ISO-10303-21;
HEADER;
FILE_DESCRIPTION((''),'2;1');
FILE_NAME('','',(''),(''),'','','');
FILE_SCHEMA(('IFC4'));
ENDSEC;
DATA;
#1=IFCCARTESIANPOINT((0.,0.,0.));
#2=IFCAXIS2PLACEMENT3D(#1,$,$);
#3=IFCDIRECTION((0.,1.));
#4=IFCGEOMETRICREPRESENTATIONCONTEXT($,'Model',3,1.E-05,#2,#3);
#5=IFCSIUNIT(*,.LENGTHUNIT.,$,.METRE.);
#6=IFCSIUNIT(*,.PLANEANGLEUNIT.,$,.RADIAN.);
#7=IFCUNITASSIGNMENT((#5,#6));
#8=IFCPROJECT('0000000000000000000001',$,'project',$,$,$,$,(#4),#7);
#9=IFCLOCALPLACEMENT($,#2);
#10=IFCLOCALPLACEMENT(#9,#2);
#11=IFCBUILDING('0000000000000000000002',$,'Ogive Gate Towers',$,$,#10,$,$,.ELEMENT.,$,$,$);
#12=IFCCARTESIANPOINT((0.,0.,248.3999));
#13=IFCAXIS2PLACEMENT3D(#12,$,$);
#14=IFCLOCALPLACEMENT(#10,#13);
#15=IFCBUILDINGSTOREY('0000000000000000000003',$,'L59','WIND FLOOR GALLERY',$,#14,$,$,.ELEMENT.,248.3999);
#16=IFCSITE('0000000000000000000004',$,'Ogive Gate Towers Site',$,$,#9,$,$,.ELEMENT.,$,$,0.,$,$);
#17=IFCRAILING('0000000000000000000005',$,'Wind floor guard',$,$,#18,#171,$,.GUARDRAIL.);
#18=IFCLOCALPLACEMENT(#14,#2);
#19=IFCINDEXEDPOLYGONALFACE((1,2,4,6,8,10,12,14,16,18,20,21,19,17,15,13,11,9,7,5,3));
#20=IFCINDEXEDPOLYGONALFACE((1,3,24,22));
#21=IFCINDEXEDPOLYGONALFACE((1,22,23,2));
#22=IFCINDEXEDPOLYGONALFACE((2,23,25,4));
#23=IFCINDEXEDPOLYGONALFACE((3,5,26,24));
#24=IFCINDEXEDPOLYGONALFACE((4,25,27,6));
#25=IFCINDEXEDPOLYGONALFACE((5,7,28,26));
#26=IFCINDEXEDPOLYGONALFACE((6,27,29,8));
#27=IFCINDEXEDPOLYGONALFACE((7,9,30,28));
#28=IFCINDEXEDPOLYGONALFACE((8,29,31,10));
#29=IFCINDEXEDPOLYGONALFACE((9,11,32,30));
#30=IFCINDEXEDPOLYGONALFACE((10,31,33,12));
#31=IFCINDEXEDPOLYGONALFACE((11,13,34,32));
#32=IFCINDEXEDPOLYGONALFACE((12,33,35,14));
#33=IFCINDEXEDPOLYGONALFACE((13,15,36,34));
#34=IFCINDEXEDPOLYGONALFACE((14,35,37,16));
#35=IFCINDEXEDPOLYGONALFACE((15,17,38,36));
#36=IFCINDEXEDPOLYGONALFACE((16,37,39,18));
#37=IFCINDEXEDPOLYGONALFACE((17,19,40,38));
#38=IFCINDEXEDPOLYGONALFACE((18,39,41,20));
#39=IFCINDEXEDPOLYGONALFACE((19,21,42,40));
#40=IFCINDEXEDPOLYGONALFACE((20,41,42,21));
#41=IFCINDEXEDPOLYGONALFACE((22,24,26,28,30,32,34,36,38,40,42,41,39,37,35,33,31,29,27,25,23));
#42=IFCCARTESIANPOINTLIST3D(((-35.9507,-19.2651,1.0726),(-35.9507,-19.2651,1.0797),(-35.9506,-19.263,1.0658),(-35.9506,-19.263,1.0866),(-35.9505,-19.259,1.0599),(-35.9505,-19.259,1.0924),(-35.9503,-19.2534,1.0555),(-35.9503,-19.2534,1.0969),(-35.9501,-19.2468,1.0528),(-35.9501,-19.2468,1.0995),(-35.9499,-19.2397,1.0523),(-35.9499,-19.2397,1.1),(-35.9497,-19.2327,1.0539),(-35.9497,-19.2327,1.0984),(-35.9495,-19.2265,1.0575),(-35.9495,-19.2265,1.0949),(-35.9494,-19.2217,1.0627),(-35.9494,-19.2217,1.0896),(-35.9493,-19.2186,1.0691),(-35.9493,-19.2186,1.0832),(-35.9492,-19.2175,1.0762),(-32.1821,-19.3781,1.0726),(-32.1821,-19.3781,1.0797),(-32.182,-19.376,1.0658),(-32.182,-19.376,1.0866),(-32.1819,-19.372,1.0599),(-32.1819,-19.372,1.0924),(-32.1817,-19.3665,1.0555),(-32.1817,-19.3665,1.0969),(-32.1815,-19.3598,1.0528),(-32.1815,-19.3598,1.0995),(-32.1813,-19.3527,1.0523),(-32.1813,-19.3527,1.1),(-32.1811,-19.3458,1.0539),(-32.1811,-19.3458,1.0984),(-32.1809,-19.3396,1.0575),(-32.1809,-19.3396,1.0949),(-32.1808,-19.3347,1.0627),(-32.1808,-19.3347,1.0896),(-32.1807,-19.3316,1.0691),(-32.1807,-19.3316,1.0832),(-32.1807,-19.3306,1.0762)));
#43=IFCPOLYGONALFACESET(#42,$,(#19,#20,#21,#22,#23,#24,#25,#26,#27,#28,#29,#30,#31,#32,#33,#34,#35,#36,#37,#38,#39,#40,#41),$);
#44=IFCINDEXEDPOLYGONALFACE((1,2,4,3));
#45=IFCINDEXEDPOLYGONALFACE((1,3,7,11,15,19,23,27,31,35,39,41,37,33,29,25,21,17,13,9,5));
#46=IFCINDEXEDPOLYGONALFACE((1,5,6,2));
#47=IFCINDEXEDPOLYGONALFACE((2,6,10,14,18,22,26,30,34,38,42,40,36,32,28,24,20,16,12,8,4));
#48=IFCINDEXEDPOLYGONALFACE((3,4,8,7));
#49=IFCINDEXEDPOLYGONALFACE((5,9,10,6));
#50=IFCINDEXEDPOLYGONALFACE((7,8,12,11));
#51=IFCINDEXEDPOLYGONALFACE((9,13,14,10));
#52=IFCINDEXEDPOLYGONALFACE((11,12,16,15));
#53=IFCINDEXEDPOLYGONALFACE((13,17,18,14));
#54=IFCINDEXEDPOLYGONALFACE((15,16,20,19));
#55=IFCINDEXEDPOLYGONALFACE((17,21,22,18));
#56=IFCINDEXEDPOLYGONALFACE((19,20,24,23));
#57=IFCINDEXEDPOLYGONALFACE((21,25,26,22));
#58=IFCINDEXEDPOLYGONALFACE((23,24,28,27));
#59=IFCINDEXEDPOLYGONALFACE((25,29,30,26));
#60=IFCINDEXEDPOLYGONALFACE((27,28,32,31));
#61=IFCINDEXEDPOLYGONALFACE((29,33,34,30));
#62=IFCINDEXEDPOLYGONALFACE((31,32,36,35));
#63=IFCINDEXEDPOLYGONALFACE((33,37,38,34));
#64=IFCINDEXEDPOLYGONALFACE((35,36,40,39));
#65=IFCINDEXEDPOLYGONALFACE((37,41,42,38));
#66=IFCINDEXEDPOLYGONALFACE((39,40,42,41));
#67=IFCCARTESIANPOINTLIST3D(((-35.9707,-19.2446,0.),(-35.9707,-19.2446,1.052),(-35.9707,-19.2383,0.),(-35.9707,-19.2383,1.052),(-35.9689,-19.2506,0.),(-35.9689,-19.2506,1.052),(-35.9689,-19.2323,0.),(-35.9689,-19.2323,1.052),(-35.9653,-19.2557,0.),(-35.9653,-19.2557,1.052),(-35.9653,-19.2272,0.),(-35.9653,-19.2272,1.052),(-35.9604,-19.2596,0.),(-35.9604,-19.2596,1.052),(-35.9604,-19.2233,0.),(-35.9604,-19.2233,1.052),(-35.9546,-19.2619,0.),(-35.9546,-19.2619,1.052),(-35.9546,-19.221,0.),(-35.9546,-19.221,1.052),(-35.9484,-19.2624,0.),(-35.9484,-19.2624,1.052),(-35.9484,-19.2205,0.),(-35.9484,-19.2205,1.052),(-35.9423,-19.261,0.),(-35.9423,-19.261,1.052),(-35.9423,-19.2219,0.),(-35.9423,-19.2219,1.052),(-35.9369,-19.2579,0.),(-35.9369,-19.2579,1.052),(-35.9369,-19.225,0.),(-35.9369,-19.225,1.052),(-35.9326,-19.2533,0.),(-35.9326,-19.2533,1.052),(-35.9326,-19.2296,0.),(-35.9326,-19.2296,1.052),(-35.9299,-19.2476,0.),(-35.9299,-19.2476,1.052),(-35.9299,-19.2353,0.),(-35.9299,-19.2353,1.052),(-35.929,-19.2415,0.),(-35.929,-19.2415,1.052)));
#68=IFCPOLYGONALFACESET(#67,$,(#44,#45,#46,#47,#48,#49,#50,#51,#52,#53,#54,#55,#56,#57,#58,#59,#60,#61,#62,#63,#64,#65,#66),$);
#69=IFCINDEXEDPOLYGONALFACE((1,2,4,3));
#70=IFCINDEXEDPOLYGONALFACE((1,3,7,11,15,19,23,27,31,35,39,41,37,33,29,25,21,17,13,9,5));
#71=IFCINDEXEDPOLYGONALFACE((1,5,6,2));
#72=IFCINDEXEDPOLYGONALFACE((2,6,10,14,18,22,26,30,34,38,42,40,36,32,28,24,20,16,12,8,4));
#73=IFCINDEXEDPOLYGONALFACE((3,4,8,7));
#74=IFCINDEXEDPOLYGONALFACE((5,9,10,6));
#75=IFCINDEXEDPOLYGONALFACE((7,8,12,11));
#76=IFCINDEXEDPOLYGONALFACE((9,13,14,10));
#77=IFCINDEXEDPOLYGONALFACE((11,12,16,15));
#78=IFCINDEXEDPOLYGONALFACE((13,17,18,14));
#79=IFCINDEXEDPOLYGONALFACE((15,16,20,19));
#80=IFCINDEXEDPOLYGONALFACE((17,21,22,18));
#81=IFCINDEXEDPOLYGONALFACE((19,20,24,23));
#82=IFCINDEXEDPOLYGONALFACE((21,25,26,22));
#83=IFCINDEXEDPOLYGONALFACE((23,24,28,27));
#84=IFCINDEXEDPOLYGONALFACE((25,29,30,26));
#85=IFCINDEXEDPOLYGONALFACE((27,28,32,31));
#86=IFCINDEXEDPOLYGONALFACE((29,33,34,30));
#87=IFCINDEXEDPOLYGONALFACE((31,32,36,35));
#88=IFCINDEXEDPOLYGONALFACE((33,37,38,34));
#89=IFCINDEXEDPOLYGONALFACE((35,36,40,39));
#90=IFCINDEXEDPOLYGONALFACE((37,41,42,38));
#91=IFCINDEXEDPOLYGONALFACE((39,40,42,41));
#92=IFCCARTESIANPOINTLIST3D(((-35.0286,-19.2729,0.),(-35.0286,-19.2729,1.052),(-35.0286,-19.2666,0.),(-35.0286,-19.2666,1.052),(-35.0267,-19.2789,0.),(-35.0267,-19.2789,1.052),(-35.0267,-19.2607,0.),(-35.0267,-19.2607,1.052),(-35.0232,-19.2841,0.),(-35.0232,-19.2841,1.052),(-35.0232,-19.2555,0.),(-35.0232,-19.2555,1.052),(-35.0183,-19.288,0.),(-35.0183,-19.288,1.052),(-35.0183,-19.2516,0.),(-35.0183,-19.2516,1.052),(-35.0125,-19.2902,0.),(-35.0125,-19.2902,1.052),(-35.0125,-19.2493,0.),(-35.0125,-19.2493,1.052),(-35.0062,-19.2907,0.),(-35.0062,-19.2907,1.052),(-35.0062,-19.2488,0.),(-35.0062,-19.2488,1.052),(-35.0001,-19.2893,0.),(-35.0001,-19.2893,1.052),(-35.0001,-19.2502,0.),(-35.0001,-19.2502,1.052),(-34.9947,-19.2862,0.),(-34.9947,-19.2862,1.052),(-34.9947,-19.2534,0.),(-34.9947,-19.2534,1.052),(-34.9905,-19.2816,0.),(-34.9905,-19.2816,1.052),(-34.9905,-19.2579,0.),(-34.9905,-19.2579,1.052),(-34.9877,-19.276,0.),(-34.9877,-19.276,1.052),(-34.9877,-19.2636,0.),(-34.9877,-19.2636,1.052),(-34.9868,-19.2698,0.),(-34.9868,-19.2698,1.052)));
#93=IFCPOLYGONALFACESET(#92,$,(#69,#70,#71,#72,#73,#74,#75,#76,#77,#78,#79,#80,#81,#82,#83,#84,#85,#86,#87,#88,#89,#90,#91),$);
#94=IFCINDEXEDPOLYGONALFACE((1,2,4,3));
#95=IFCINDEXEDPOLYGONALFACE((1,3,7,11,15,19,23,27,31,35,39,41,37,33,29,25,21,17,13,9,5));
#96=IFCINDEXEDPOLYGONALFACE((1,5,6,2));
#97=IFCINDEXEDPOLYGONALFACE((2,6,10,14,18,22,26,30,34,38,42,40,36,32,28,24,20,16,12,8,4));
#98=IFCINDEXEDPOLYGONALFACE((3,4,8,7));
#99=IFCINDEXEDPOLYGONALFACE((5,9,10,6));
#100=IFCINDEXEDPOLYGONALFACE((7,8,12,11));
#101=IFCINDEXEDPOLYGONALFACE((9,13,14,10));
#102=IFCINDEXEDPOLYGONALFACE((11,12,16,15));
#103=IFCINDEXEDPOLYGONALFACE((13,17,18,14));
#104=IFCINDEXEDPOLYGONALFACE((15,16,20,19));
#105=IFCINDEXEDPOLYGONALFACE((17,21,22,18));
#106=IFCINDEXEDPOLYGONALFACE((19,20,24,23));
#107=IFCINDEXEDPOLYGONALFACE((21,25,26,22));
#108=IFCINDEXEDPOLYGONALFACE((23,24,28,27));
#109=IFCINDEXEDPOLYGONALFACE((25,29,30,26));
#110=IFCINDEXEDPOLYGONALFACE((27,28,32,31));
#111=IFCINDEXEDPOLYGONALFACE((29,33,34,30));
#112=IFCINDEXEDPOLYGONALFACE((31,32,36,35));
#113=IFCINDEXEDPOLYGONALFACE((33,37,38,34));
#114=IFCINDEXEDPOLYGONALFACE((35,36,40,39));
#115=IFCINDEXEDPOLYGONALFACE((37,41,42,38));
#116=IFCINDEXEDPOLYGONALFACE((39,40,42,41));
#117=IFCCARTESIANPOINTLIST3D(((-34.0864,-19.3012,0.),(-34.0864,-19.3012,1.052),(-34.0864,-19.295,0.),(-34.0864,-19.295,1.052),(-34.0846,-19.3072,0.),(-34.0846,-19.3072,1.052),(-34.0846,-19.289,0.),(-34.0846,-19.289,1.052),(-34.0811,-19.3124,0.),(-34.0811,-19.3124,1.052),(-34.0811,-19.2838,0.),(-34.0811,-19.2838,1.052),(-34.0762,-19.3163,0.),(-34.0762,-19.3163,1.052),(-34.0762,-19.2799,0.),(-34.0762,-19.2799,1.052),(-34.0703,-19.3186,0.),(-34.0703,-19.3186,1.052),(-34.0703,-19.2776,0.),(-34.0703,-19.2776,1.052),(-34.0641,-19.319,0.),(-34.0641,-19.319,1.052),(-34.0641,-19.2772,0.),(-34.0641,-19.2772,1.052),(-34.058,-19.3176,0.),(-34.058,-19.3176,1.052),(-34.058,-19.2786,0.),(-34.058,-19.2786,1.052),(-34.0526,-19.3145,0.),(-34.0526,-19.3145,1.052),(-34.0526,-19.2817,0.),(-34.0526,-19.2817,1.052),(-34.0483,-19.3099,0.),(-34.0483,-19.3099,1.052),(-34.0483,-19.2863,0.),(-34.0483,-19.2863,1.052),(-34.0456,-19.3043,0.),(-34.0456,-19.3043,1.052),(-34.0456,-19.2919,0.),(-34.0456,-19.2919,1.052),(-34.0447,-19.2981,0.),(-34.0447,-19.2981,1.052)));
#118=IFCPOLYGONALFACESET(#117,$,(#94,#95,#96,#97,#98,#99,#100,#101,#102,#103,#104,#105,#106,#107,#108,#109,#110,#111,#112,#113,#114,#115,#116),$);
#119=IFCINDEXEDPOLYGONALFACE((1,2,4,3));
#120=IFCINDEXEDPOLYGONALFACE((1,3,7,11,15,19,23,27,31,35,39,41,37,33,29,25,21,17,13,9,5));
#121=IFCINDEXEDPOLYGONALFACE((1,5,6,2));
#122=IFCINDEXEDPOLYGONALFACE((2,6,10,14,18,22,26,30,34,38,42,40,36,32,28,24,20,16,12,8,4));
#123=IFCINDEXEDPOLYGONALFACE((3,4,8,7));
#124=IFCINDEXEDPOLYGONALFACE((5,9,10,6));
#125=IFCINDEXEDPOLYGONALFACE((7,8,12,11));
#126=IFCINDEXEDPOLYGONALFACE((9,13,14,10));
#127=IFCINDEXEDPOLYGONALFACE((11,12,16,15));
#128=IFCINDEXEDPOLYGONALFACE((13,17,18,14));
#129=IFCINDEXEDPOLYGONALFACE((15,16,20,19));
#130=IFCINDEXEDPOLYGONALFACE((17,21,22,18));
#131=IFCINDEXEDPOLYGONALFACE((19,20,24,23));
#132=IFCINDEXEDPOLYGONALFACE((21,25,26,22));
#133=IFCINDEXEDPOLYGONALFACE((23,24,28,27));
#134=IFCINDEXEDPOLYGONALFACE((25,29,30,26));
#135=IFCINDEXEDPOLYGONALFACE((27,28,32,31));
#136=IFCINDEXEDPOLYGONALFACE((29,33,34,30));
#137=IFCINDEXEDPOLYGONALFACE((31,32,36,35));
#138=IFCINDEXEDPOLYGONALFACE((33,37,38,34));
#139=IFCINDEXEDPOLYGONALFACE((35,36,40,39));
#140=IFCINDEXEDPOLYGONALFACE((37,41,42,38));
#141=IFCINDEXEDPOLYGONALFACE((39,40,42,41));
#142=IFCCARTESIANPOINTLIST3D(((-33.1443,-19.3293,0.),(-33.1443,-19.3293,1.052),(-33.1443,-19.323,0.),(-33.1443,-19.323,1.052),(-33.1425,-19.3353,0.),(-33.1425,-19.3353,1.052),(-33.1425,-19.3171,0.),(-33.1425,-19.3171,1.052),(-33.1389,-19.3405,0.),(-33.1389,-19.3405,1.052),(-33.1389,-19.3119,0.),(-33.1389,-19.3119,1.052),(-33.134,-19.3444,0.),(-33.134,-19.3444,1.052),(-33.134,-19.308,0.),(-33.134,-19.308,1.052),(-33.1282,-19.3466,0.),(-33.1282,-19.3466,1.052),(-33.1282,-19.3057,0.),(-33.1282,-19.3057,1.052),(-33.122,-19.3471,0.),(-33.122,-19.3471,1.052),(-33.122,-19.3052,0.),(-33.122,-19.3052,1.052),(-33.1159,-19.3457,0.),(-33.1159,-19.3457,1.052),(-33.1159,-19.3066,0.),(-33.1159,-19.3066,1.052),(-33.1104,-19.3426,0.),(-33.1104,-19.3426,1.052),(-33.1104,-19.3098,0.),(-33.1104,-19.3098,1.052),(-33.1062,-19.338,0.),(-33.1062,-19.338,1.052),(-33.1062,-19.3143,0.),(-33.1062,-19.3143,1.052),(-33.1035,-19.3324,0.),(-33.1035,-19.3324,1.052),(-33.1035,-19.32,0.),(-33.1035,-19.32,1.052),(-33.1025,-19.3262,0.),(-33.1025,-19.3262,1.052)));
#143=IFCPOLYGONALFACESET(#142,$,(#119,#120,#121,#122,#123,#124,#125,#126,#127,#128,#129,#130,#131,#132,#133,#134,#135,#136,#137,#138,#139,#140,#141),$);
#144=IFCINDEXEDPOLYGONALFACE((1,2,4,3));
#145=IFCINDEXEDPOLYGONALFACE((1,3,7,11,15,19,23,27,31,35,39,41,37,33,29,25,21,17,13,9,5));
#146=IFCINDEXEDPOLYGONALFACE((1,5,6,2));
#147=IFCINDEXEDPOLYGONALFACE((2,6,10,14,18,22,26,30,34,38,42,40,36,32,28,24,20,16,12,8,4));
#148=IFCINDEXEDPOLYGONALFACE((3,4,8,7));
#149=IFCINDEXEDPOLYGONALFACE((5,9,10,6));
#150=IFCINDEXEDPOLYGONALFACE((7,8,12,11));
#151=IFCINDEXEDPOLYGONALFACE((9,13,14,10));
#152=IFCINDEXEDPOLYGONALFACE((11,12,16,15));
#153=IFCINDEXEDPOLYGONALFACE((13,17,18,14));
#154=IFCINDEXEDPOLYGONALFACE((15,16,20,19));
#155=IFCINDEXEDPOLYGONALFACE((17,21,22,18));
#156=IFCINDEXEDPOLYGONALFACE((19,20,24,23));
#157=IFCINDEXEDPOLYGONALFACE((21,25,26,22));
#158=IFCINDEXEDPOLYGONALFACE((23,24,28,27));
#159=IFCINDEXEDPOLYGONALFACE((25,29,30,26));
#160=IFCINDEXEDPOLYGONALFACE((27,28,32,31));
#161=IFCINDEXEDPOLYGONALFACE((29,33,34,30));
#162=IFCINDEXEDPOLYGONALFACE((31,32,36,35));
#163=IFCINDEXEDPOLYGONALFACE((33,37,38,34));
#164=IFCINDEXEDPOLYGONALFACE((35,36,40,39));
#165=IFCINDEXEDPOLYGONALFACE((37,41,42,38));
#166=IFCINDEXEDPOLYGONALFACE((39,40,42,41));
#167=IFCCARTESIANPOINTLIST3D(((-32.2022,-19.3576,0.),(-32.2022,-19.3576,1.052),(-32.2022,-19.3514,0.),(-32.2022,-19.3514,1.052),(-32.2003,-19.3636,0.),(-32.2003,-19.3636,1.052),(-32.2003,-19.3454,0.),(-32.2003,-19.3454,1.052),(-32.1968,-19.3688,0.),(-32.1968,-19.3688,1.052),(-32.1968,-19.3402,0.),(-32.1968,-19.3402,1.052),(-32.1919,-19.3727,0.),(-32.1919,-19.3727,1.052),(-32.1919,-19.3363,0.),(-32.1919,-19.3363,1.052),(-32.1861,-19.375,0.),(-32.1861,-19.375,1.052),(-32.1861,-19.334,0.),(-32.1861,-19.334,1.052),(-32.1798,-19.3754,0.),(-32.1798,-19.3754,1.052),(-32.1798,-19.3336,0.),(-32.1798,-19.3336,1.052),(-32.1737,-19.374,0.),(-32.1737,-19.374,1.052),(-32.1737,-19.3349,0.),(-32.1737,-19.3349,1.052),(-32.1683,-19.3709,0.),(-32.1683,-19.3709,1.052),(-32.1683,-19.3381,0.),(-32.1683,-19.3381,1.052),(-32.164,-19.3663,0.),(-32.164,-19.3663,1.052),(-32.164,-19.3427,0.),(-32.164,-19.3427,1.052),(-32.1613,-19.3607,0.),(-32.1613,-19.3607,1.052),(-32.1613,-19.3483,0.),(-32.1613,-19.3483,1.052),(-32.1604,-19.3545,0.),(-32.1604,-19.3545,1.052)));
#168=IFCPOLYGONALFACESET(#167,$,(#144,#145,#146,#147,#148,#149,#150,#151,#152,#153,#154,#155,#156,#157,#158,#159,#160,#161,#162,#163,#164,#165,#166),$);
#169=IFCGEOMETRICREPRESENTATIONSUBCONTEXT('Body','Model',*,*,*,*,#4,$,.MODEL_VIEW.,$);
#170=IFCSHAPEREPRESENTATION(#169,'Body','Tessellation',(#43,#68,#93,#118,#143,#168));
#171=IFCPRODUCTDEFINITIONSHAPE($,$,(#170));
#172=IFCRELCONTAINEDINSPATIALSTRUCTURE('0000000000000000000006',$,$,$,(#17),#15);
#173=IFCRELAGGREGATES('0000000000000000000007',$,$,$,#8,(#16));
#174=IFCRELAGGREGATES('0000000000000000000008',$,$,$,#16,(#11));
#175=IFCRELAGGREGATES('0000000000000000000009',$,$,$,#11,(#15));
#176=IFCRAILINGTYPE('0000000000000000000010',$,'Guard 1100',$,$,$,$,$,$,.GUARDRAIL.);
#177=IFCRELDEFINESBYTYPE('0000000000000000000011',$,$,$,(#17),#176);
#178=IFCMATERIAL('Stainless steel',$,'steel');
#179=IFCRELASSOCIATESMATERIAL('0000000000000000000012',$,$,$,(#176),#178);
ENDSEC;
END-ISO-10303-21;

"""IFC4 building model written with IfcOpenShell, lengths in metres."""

from ifc_helpers import new_model, si_unit, direction, frame, origin, origin_2d, place, context, subcontext, project, spatial, circle, extrude, material, type_object, element, save


model = new_model("IFC4")

# Units and contexts
model_context = context("Model", 3, precision=1e-05, world=origin(), true_north=direction((0.0, 1.0)))
body_context = subcontext(model_context, "Body", "Model", "MODEL_VIEW")
ifc_project = project(units=[si_unit("LENGTHUNIT", "METRE"), si_unit("PLANEANGLEUNIT", "RADIAN")], contexts=[model_context])

# Site, building, storey
site_placement = place(None, origin())
site = spatial("IfcSite", under=ifc_project, at=site_placement, Name="Ogive Gate Towers Site", CompositionType="ELEMENT", RefElevation=0.0)
building_placement = place(site_placement, origin())
building = spatial("IfcBuilding", under=site, at=building_placement, Name="Ogive Gate Towers", CompositionType="ELEMENT")
storey_placement = place(building_placement, frame((0.0, 0.0, 248.3999)))
storey = spatial("IfcBuildingStorey", under=building, at=storey_placement, Name="L59", Description="WIND FLOOR GALLERY", CompositionType="ELEMENT", Elevation=248.3999)

# Railing
ifc_material_1 = material(Name="Stainless steel", Category="steel")
railing_type = type_object("IfcRailingType", Name="Guard 1100", PredefinedType="GUARDRAIL", material=ifc_material_1)
railing_1_placement = place(storey_placement, frame((-35.95, -19.2415, 0.0)))
element("IfcRailing", 1, at=railing_1_placement, inside=storey, type_object=railing_type, Name="Wind floor guard", PredefinedType="GUARDRAIL", context=body_context, shape_type="SweptSolid", body=[
    extrude(circle(Radius=0.0239, at=origin_2d()), frame((0.0, 0.0, 1.0762), z_axis=(0.99955, -0.029981, 0.0), x_axis=(0.029981, 0.99955, 0.0)), (0.0, 0.0, 1.0), 3.7703),
    extrude(circle(Radius=0.021, at=origin_2d()), origin(), (0.0, 0.0, 1.0), 1.052),
    extrude(circle(Radius=0.021, at=origin_2d()), frame((0.9421, -0.0283, 0.0)), (0.0, 0.0, 1.0), 1.052),
    extrude(circle(Radius=0.021, at=origin_2d()), frame((1.8843, -0.0566, 0.0)), (0.0, 0.0, 1.0), 1.052),
    extrude(circle(Radius=0.021, at=origin_2d()), frame((2.8264, -0.0847, 0.0)), (0.0, 0.0, 1.0), 1.052),
    extrude(circle(Radius=0.021, at=origin_2d()), frame((3.7686, -0.113, 0.0)), (0.0, 0.0, 1.0), 1.052),
])

save(model, "model.ifc")
